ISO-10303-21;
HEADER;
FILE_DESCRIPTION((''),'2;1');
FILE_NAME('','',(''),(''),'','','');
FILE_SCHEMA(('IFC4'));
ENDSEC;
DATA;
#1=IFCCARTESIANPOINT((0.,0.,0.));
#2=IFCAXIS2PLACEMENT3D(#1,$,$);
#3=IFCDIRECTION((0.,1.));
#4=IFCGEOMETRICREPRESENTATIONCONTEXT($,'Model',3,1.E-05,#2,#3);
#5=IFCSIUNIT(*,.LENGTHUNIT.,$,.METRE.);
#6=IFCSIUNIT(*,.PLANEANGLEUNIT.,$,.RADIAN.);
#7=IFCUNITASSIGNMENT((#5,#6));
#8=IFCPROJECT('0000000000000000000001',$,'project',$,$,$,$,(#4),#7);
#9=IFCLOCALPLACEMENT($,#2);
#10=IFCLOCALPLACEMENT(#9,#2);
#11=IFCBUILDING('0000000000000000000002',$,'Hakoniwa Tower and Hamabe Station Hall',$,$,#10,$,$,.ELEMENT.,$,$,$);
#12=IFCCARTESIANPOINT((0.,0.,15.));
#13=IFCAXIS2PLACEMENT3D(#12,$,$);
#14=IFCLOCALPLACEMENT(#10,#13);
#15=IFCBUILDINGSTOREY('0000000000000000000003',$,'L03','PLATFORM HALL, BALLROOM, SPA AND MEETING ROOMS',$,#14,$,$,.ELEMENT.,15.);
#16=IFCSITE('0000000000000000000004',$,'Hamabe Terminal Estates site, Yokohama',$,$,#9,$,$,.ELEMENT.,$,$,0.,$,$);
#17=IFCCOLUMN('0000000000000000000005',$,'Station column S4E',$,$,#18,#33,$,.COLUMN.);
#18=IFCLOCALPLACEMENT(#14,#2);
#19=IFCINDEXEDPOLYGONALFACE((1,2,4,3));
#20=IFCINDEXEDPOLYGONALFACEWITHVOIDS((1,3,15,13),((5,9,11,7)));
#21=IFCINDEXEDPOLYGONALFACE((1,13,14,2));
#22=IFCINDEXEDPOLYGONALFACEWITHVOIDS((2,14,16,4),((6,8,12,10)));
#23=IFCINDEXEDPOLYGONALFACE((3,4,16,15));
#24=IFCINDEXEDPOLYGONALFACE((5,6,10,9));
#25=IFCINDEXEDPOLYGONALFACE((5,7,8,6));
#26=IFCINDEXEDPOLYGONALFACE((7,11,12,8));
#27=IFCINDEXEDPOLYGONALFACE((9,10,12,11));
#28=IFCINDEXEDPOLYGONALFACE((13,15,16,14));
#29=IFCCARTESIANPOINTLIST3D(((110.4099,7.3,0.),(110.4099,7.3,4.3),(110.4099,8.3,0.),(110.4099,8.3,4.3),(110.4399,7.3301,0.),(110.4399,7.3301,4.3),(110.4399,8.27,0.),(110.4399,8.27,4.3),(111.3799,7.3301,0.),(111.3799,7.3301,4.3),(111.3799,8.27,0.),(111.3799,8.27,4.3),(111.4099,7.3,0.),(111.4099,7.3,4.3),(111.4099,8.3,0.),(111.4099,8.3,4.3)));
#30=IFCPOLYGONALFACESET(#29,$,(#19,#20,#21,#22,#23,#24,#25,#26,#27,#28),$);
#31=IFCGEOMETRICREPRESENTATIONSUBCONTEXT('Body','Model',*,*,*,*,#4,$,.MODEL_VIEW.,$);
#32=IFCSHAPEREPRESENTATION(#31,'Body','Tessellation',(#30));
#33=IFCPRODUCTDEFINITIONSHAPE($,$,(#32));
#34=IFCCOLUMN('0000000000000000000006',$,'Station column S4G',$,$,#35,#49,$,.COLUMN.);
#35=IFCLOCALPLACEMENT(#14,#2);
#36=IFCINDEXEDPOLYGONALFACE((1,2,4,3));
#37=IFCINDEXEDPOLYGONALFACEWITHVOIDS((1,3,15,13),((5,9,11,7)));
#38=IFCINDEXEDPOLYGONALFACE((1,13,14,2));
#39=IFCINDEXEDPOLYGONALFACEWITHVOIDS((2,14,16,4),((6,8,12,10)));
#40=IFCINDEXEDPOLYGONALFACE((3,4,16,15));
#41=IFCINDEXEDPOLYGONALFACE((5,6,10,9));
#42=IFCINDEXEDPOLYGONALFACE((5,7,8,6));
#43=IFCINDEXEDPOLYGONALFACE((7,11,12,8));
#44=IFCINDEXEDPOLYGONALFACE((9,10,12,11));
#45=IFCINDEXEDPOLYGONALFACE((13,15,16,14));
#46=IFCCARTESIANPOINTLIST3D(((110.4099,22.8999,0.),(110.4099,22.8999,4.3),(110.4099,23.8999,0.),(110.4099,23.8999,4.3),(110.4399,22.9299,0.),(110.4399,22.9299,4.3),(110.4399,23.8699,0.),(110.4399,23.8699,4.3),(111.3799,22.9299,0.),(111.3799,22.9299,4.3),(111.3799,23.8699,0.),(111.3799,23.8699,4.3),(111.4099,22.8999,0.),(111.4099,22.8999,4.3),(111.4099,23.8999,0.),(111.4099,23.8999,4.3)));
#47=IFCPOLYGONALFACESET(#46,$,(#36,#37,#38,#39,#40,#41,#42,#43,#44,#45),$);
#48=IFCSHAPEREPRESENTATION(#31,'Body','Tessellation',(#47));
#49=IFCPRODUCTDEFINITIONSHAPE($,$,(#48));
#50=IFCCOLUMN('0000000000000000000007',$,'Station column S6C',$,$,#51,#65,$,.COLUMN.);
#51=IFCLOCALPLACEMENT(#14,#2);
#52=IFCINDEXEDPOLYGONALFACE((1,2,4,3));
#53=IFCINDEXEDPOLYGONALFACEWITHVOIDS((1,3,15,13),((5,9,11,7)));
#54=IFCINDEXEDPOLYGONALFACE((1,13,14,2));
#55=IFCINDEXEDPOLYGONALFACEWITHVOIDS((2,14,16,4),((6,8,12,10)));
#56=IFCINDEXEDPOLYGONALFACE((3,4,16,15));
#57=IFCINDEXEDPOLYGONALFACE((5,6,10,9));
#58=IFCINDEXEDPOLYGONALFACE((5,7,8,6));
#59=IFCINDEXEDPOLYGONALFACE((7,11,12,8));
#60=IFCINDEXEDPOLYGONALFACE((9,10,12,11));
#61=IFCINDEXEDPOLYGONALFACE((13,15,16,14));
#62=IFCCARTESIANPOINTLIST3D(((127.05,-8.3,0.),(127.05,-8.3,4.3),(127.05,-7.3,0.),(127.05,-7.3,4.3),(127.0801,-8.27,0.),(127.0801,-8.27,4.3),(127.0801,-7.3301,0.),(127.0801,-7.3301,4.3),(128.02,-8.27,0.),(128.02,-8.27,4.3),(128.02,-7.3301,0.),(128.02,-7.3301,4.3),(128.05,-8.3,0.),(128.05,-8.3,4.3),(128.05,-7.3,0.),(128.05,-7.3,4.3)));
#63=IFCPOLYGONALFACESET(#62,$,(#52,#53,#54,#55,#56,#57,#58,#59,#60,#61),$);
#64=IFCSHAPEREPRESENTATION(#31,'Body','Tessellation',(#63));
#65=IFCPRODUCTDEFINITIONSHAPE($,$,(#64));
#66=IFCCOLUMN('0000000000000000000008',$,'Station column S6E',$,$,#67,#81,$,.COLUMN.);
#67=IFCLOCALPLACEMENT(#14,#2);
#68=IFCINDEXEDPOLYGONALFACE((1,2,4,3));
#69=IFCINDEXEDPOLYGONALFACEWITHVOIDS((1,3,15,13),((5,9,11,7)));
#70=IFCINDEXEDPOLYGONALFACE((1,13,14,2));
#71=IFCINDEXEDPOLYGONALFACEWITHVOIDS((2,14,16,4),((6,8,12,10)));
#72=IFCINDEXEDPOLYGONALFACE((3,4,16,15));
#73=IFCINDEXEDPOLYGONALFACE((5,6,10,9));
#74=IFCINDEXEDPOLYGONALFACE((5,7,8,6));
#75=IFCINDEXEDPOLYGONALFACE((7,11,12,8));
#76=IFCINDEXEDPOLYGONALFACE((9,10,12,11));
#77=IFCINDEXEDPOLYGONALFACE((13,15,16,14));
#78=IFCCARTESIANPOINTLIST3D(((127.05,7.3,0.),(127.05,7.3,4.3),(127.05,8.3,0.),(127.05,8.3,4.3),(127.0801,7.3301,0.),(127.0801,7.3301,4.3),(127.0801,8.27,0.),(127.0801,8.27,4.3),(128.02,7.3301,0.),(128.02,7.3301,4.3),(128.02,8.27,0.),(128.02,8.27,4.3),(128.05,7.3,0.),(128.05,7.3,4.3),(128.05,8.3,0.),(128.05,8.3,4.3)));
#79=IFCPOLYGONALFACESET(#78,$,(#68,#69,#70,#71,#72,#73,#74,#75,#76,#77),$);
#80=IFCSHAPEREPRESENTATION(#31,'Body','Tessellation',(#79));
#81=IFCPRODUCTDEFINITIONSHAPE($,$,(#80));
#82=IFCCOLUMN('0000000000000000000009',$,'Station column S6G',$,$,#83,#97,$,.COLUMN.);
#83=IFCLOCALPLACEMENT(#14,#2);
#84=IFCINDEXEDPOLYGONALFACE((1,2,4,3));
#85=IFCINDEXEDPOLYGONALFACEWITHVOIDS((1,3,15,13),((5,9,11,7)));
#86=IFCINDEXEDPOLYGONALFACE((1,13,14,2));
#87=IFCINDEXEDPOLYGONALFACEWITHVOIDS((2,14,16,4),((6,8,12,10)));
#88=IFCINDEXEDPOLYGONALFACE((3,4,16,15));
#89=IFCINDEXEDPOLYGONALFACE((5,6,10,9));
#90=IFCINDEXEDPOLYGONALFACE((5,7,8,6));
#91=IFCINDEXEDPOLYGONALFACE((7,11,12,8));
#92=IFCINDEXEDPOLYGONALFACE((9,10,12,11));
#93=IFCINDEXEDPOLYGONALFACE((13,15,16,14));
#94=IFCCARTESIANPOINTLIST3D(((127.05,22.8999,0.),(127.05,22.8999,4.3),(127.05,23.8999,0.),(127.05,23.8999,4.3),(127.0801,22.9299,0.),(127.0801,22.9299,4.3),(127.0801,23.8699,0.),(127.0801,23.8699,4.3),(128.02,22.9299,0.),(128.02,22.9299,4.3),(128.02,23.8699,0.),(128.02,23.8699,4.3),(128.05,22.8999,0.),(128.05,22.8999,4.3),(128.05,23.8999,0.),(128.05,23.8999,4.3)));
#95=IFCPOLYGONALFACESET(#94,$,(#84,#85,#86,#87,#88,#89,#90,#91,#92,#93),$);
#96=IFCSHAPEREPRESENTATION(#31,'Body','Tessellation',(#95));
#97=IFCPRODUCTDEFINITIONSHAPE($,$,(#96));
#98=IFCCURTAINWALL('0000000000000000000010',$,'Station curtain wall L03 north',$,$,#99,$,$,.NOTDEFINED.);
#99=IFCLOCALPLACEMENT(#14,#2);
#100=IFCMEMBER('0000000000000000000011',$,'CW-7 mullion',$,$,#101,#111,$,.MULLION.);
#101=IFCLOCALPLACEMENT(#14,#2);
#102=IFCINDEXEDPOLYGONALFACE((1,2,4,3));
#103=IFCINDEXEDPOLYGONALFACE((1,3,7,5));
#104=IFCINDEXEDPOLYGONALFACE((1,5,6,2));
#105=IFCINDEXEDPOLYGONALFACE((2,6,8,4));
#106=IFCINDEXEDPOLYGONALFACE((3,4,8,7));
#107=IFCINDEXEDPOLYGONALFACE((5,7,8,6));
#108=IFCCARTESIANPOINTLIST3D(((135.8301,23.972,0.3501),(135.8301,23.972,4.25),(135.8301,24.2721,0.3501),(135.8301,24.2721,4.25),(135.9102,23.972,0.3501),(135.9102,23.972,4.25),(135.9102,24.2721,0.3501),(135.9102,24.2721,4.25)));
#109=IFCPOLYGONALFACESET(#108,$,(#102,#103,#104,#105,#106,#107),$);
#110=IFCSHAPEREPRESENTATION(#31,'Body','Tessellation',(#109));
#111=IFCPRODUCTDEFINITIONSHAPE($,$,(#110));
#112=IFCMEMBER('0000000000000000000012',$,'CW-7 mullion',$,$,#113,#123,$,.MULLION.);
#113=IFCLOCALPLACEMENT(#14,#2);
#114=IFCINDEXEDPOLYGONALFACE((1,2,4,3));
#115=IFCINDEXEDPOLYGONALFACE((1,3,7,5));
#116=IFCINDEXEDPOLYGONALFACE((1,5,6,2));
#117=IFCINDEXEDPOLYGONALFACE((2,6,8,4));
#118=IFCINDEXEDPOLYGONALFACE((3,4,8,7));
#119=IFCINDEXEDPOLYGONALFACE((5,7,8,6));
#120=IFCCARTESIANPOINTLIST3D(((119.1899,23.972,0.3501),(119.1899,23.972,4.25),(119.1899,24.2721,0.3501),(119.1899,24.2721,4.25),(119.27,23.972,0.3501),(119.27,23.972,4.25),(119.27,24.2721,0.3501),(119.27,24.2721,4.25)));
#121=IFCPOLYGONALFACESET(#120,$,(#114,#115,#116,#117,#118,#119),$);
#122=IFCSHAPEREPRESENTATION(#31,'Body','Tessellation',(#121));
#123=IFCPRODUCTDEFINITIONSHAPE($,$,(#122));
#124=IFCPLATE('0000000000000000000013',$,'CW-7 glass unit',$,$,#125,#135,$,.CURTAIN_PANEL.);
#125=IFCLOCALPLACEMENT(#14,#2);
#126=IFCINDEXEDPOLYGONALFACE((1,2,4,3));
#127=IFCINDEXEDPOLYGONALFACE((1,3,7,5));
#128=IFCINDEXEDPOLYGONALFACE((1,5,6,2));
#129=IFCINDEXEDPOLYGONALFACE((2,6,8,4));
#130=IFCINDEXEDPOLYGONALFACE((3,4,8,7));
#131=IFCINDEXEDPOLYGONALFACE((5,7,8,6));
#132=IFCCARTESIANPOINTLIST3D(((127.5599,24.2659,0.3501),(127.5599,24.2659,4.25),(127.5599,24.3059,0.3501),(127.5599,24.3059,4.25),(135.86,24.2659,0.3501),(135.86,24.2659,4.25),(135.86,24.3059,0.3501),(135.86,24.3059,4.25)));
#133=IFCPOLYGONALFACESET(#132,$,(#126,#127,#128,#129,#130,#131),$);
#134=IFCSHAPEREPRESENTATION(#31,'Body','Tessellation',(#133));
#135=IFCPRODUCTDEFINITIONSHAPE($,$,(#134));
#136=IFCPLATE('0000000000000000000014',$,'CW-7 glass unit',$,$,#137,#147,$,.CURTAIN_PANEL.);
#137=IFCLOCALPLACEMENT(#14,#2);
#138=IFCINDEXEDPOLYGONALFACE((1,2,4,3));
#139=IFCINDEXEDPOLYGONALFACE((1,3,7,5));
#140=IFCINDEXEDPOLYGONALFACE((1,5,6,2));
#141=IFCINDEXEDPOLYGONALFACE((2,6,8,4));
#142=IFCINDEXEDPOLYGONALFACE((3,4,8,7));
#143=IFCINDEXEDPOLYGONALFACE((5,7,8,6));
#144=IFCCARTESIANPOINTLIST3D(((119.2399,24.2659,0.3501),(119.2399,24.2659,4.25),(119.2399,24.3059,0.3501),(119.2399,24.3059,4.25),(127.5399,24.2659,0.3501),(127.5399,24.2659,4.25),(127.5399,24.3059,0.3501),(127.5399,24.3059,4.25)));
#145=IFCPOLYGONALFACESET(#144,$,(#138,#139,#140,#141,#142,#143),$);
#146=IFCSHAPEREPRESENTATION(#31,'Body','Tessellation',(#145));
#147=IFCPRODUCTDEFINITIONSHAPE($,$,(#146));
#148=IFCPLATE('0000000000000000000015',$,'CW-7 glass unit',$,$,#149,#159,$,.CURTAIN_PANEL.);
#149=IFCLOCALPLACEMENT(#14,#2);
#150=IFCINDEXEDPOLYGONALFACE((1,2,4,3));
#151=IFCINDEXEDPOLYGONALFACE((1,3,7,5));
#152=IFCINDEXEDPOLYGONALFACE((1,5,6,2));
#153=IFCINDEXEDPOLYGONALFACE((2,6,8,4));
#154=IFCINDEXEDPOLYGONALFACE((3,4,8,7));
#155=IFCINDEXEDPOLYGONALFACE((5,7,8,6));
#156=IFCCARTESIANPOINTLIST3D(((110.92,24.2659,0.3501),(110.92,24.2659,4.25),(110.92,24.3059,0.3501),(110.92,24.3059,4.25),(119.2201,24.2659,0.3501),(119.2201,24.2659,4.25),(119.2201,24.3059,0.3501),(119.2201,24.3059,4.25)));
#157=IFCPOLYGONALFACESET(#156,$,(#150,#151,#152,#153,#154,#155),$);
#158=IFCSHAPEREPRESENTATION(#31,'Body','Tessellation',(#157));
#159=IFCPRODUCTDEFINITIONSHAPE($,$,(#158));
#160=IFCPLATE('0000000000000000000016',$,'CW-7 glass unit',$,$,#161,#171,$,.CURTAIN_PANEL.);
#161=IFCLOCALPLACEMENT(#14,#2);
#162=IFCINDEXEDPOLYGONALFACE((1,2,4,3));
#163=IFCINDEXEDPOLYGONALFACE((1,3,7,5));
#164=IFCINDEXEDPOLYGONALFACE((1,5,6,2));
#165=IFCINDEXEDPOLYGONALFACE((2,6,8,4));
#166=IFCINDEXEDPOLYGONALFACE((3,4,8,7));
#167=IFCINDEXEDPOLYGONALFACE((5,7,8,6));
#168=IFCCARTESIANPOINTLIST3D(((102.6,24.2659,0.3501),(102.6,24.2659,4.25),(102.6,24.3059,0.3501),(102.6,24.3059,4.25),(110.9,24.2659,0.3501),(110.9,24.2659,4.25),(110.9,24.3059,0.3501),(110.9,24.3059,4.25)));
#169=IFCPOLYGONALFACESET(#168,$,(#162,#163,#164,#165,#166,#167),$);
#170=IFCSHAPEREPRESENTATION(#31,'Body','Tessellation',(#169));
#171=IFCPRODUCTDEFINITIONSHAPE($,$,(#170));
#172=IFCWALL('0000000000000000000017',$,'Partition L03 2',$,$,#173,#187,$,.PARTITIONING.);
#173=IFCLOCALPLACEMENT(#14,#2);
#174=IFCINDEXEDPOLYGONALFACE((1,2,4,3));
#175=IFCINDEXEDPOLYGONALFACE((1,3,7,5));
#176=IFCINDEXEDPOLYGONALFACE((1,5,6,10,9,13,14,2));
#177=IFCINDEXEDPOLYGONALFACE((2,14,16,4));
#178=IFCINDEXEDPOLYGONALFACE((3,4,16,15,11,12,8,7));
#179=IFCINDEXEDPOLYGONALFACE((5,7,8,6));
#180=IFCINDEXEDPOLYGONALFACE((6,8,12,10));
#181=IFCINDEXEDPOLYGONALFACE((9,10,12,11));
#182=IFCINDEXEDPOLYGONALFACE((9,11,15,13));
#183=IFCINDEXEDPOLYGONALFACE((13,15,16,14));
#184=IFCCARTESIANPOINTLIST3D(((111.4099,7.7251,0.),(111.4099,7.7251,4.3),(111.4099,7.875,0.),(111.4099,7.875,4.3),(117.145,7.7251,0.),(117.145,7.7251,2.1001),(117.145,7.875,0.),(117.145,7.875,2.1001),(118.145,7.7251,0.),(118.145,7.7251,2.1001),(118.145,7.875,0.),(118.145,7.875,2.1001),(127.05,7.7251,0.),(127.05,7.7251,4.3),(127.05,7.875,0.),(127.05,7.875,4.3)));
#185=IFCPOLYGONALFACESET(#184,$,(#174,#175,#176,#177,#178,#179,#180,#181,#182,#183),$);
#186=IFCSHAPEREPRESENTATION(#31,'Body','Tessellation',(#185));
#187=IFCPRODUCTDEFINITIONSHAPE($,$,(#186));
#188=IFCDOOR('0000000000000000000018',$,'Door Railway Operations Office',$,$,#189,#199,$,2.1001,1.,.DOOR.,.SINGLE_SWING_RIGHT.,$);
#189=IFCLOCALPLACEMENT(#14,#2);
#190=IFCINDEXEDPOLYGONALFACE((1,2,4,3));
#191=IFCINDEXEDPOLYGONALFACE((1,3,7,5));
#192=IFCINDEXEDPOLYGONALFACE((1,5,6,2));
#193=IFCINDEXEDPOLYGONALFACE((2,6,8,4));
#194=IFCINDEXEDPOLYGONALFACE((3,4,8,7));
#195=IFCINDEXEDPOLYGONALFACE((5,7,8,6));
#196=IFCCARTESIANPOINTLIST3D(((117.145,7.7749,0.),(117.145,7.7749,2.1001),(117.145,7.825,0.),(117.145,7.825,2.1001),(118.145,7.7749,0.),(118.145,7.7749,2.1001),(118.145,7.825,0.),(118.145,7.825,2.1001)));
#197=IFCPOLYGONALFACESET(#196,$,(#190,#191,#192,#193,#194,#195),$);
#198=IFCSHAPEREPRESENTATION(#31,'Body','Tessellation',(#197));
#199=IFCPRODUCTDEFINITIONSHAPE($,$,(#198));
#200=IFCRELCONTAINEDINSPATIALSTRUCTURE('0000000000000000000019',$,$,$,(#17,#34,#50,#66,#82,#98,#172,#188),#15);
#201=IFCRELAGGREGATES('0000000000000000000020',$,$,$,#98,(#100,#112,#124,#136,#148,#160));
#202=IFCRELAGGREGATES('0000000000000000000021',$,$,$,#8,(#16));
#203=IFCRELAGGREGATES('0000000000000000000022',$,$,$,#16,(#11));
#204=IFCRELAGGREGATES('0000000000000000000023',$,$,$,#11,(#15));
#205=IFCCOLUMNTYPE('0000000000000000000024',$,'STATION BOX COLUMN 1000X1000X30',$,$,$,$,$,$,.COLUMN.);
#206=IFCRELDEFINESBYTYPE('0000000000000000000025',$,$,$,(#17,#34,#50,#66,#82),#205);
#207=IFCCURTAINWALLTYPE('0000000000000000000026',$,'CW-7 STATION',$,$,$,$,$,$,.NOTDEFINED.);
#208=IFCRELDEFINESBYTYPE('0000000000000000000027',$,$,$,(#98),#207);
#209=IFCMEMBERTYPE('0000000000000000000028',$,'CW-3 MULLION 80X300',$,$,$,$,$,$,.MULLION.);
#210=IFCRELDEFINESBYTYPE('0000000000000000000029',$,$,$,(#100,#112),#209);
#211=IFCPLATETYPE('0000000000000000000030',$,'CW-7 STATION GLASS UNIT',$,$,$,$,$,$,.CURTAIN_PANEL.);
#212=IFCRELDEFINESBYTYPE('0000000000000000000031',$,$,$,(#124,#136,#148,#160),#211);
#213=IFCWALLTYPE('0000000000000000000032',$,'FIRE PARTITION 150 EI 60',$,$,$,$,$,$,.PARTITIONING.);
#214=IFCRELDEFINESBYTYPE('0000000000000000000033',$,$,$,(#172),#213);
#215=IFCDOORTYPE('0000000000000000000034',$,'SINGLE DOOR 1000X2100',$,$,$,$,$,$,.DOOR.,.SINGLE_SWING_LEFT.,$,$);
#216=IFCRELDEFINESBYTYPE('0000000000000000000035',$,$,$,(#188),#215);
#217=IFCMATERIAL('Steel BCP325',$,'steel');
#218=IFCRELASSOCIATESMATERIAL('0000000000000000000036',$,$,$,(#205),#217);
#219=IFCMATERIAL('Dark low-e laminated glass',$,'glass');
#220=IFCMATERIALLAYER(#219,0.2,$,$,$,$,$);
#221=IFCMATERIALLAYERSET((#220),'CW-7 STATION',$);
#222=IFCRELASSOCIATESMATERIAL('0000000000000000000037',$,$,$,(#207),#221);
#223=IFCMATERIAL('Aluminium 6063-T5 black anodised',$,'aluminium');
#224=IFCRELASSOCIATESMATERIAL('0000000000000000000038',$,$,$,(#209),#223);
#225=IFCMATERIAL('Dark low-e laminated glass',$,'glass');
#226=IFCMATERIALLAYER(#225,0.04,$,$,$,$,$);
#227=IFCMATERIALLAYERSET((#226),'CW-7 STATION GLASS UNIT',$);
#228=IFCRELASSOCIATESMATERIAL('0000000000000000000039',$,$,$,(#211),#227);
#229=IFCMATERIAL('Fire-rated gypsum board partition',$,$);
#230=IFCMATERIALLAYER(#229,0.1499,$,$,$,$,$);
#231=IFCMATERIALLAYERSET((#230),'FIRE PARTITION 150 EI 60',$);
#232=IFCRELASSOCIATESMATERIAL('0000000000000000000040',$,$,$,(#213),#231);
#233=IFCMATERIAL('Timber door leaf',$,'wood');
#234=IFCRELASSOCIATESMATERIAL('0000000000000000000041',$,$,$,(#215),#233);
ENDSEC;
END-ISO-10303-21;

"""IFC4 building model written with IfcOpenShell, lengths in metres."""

from ifc_helpers import new_model, si_unit, direction, frame, frame_2d, origin, origin_2d, place, context, subcontext, project, spatial, rectangle, hollow_rectangle, extrude, material, layer, layer_set, material_profile, profile_set, type_object, element, fill, aggregate, save


model = new_model("IFC4")

# Units and contexts
model_context = context("Model", 3, precision=1e-05, world=origin(), true_north=direction((0.0, 1.0)))
body_context = subcontext(model_context, "Body", "Model", "MODEL_VIEW")
ifc_project = project(units=[si_unit("LENGTHUNIT", "METRE"), si_unit("PLANEANGLEUNIT", "RADIAN")], contexts=[model_context])

# Site, building, storey
site_placement = place(None, origin())
site = spatial("IfcSite", under=ifc_project, at=site_placement, Name="Hamabe Terminal Estates site, Yokohama", CompositionType="ELEMENT", RefElevation=0.0)
building_placement = place(site_placement, origin())
building = spatial("IfcBuilding", under=site, at=building_placement, Name="Hakoniwa Tower and Hamabe Station Hall", CompositionType="ELEMENT")
storey_placement = place(building_placement, frame((0.0, 0.0, 15.0)))
storey = spatial("IfcBuildingStorey", under=building, at=storey_placement, Name="L03", Description="PLATFORM HALL, BALLROOM, SPA AND MEETING ROOMS", CompositionType="ELEMENT", Elevation=15.0)

# Columns
ifc_material_1 = material(Name="Steel BCP325", Category="steel")
ifc_material_profile_1 = material_profile(ifc_material_1, hollow_rectangle(XDim=1.0, YDim=1.0, WallThickness=0.03, at=origin_2d()), Name="STATION BOX COLUMN 1000X1000X30")
ifc_profile_set_1 = profile_set([ifc_material_profile_1], Name="Steel BCP325")
column_type = type_object("IfcColumnType", Name="STATION BOX COLUMN 1000X1000X30", PredefinedType="COLUMN", material=ifc_profile_set_1)
for number, where, z_axis, x_axis, name in (
    (1, (110.9099, 7.8, 0.0), (0.0, 0.0, 1.0), (1.0, 0.0, 0.0), "Station column S4E"),
    (2, (110.9099, 23.3999, 0.0), (0.0, 0.0, 1.0), (1.0, 0.0, 0.0), "Station column S4G"),
    (3, (127.55, -7.8, 0.0), (0.0, 0.0, 1.0), (1.0, 0.0, 0.0), "Station column S6C"),
    (4, (127.55, 7.8, 0.0), (0.0, 0.0, 1.0), (1.0, 0.0, 0.0), "Station column S6E"),
    (5, (127.55, 23.3999, 0.0), (0.0, 0.0, 1.0), (1.0, 0.0, 0.0), "Station column S6G"),
):
    element("IfcColumn", number, at=place(storey_placement, frame(where, z_axis=z_axis, x_axis=x_axis)), inside=storey, type_object=column_type, Name=name, PredefinedType="COLUMN", context=body_context, shape_type="SweptSolid", body=[
        extrude(hollow_rectangle(XDim=1.0, YDim=1.0, WallThickness=0.03, at=origin_2d()), origin(), (0.0, 0.0, 1.0), 4.3),
    ])

# Curtain wall, members, plates
ifc_material_2 = material(Name="Dark low-e laminated glass", Category="glass")
ifc_layer_1 = layer(ifc_material_2, 0.2)
ifc_layer_set_1 = layer_set([ifc_layer_1], Name="CW-7 STATION")
curtain_wall_type = type_object("IfcCurtainWallType", Name="CW-7 STATION", PredefinedType="NOTDEFINED", material=ifc_layer_set_1)
curtain_wall_placement = place(storey_placement, origin())
curtain_wall = element("IfcCurtainWall", 6, at=curtain_wall_placement, inside=storey, type_object=curtain_wall_type, Name="Station curtain wall L03 north", PredefinedType="NOTDEFINED")
ifc_material_3 = material(Name="Aluminium 6063-T5 black anodised", Category="aluminium")
ifc_material_profile_2 = material_profile(ifc_material_3, rectangle(XDim=0.0801, YDim=0.3, at=origin_2d()), Name="CW-3 MULLION 80X300")
ifc_profile_set_2 = profile_set([ifc_material_profile_2], Name="Aluminium 6063-T5 black anodised")
member_type = type_object("IfcMemberType", Name="CW-3 MULLION 80X300", PredefinedType="MULLION", material=ifc_profile_set_2)
member_1_placement = place(storey_placement, frame((135.8701, 24.1221, 0.3501), z_axis=(0.0, 0.0, 1.0), x_axis=(-1.0, 0.0, 0.0)))
member_1 = element("IfcMember", 7, at=member_1_placement, type_object=member_type, Name="CW-7 mullion", PredefinedType="MULLION", context=body_context, shape_type="SweptSolid", body=[
    extrude(rectangle(XDim=0.0801, YDim=0.3, at=origin_2d()), origin(), (0.0, 0.0, 1.0), 3.8999),
])
member_2_placement = place(storey_placement, frame((119.23, 24.1221, 0.3501), z_axis=(0.0, 0.0, 1.0), x_axis=(-1.0, 0.0, 0.0)))
member_2 = element("IfcMember", 8, at=member_2_placement, type_object=member_type, Name="CW-7 mullion", PredefinedType="MULLION", context=body_context, shape_type="SweptSolid", body=[
    extrude(rectangle(XDim=0.0801, YDim=0.3, at=origin_2d()), origin(), (0.0, 0.0, 1.0), 3.8999),
])
ifc_material_4 = material(Name="Dark low-e laminated glass", Category="glass")
ifc_layer_2 = layer(ifc_material_4, 0.04)
ifc_layer_set_2 = layer_set([ifc_layer_2], Name="CW-7 STATION GLASS UNIT")
plate_type = type_object("IfcPlateType", Name="CW-7 STATION GLASS UNIT", PredefinedType="CURTAIN_PANEL", material=ifc_layer_set_2)
plate_1_placement = place(storey_placement, frame((131.71, 24.2859, 0.3501), z_axis=(0.0, 0.0, 1.0), x_axis=(-1.0, 0.0, 0.0)))
plate_1 = element("IfcPlate", 9, at=plate_1_placement, type_object=plate_type, Name="CW-7 glass unit", PredefinedType="CURTAIN_PANEL", context=body_context, shape_type="SweptSolid", body=[
    extrude(rectangle(XDim=8.3, YDim=0.04, at=origin_2d()), origin(), (0.0, 0.0, 1.0), 3.8999),
])
plate_2_placement = place(storey_placement, frame((123.3899, 24.2859, 0.3501), z_axis=(0.0, 0.0, 1.0), x_axis=(-1.0, 0.0, 0.0)))
plate_2 = element("IfcPlate", 10, at=plate_2_placement, type_object=plate_type, Name="CW-7 glass unit", PredefinedType="CURTAIN_PANEL", context=body_context, shape_type="SweptSolid", body=[
    extrude(rectangle(XDim=8.3, YDim=0.04, at=origin_2d()), origin(), (0.0, 0.0, 1.0), 3.8999),
])
plate_3_placement = place(storey_placement, frame((115.0701, 24.2859, 0.3501), z_axis=(0.0, 0.0, 1.0), x_axis=(-1.0, 0.0, 0.0)))
plate_3 = element("IfcPlate", 11, at=plate_3_placement, type_object=plate_type, Name="CW-7 glass unit", PredefinedType="CURTAIN_PANEL", context=body_context, shape_type="SweptSolid", body=[
    extrude(rectangle(XDim=8.3, YDim=0.04, at=origin_2d()), origin(), (0.0, 0.0, 1.0), 3.8999),
])
plate_4_placement = place(storey_placement, frame((106.75, 24.2859, 0.3501), z_axis=(0.0, 0.0, 1.0), x_axis=(-1.0, 0.0, 0.0)))
plate_4 = element("IfcPlate", 12, at=plate_4_placement, type_object=plate_type, Name="CW-7 glass unit", PredefinedType="CURTAIN_PANEL", context=body_context, shape_type="SweptSolid", body=[
    extrude(rectangle(XDim=8.3, YDim=0.04, at=origin_2d()), origin(), (0.0, 0.0, 1.0), 3.8999),
])
aggregate(curtain_wall, [member_1, member_2, plate_1, plate_2, plate_3, plate_4])

# Wall, opening, door
ifc_material_5 = material(Name="Fire-rated gypsum board partition")
ifc_layer_3 = layer(ifc_material_5, 0.1499)
ifc_layer_set_3 = layer_set([ifc_layer_3], Name="FIRE PARTITION 150 EI 60")
wall_type_1 = type_object("IfcWallType", Name="FIRE PARTITION 150 EI 60", PredefinedType="PARTITIONING", material=ifc_layer_set_3)
wall_1_placement = place(storey_placement, frame((111.4099, 7.8, 0.0), z_axis=(0.0, 0.0, 1.0), x_axis=(1.0, 0.0, 0.0)))
wall_1 = element("IfcWall", 13, at=wall_1_placement, inside=storey, type_object=wall_type_1, Name="Partition L03 2", PredefinedType="PARTITIONING", context=body_context, shape_type="SweptSolid", body=[
    extrude(rectangle(XDim=15.6401, YDim=0.1499, at=frame_2d((7.8201, 0.0))), origin(), (0.0, 0.0, 1.0), 4.3),
])
opening_1_placement = place(wall_1_placement, frame((5.7351, 0.0, 0.0)))
opening_1 = element("IfcOpeningElement", 14, at=opening_1_placement, cuts=wall_1, PredefinedType="OPENING", context=body_context, shape_type="SweptSolid", body=[
    extrude(rectangle(XDim=1.0, YDim=2.1001, at=frame_2d((0.5, 1.05))), frame((0.0, 0.085, 0.0), z_axis=(0.0, -1.0, 0.0), x_axis=(1.0, 0.0, 0.0)), (0.0, 0.0, 1.0), 0.1699),
])
ifc_material_6 = material(Name="Timber door leaf", Category="wood")
door_type_1 = type_object("IfcDoorType", Name="SINGLE DOOR 1000X2100", OperationType="SINGLE_SWING_LEFT", PredefinedType="DOOR", material=ifc_material_6)
door_1_placement = place(opening_1_placement, origin())
door_1 = element("IfcDoor", 15, at=door_1_placement, inside=storey, type_object=door_type_1, Name="Door Railway Operations Office", OperationType="SINGLE_SWING_RIGHT", OverallHeight=2.1001, OverallWidth=1.0, PredefinedType="DOOR", context=body_context, shape_type="SweptSolid", body=[
    extrude(rectangle(XDim=1.0, YDim=2.1001, at=frame_2d((0.5, 1.05))), frame((0.0, 0.0249, 0.0), z_axis=(0.0, -1.0, 0.0), x_axis=(1.0, 0.0, 0.0)), (0.0, 0.0, 1.0), 0.05),
])
fill(opening_1, door_1)

save(model, "model.ifc")
